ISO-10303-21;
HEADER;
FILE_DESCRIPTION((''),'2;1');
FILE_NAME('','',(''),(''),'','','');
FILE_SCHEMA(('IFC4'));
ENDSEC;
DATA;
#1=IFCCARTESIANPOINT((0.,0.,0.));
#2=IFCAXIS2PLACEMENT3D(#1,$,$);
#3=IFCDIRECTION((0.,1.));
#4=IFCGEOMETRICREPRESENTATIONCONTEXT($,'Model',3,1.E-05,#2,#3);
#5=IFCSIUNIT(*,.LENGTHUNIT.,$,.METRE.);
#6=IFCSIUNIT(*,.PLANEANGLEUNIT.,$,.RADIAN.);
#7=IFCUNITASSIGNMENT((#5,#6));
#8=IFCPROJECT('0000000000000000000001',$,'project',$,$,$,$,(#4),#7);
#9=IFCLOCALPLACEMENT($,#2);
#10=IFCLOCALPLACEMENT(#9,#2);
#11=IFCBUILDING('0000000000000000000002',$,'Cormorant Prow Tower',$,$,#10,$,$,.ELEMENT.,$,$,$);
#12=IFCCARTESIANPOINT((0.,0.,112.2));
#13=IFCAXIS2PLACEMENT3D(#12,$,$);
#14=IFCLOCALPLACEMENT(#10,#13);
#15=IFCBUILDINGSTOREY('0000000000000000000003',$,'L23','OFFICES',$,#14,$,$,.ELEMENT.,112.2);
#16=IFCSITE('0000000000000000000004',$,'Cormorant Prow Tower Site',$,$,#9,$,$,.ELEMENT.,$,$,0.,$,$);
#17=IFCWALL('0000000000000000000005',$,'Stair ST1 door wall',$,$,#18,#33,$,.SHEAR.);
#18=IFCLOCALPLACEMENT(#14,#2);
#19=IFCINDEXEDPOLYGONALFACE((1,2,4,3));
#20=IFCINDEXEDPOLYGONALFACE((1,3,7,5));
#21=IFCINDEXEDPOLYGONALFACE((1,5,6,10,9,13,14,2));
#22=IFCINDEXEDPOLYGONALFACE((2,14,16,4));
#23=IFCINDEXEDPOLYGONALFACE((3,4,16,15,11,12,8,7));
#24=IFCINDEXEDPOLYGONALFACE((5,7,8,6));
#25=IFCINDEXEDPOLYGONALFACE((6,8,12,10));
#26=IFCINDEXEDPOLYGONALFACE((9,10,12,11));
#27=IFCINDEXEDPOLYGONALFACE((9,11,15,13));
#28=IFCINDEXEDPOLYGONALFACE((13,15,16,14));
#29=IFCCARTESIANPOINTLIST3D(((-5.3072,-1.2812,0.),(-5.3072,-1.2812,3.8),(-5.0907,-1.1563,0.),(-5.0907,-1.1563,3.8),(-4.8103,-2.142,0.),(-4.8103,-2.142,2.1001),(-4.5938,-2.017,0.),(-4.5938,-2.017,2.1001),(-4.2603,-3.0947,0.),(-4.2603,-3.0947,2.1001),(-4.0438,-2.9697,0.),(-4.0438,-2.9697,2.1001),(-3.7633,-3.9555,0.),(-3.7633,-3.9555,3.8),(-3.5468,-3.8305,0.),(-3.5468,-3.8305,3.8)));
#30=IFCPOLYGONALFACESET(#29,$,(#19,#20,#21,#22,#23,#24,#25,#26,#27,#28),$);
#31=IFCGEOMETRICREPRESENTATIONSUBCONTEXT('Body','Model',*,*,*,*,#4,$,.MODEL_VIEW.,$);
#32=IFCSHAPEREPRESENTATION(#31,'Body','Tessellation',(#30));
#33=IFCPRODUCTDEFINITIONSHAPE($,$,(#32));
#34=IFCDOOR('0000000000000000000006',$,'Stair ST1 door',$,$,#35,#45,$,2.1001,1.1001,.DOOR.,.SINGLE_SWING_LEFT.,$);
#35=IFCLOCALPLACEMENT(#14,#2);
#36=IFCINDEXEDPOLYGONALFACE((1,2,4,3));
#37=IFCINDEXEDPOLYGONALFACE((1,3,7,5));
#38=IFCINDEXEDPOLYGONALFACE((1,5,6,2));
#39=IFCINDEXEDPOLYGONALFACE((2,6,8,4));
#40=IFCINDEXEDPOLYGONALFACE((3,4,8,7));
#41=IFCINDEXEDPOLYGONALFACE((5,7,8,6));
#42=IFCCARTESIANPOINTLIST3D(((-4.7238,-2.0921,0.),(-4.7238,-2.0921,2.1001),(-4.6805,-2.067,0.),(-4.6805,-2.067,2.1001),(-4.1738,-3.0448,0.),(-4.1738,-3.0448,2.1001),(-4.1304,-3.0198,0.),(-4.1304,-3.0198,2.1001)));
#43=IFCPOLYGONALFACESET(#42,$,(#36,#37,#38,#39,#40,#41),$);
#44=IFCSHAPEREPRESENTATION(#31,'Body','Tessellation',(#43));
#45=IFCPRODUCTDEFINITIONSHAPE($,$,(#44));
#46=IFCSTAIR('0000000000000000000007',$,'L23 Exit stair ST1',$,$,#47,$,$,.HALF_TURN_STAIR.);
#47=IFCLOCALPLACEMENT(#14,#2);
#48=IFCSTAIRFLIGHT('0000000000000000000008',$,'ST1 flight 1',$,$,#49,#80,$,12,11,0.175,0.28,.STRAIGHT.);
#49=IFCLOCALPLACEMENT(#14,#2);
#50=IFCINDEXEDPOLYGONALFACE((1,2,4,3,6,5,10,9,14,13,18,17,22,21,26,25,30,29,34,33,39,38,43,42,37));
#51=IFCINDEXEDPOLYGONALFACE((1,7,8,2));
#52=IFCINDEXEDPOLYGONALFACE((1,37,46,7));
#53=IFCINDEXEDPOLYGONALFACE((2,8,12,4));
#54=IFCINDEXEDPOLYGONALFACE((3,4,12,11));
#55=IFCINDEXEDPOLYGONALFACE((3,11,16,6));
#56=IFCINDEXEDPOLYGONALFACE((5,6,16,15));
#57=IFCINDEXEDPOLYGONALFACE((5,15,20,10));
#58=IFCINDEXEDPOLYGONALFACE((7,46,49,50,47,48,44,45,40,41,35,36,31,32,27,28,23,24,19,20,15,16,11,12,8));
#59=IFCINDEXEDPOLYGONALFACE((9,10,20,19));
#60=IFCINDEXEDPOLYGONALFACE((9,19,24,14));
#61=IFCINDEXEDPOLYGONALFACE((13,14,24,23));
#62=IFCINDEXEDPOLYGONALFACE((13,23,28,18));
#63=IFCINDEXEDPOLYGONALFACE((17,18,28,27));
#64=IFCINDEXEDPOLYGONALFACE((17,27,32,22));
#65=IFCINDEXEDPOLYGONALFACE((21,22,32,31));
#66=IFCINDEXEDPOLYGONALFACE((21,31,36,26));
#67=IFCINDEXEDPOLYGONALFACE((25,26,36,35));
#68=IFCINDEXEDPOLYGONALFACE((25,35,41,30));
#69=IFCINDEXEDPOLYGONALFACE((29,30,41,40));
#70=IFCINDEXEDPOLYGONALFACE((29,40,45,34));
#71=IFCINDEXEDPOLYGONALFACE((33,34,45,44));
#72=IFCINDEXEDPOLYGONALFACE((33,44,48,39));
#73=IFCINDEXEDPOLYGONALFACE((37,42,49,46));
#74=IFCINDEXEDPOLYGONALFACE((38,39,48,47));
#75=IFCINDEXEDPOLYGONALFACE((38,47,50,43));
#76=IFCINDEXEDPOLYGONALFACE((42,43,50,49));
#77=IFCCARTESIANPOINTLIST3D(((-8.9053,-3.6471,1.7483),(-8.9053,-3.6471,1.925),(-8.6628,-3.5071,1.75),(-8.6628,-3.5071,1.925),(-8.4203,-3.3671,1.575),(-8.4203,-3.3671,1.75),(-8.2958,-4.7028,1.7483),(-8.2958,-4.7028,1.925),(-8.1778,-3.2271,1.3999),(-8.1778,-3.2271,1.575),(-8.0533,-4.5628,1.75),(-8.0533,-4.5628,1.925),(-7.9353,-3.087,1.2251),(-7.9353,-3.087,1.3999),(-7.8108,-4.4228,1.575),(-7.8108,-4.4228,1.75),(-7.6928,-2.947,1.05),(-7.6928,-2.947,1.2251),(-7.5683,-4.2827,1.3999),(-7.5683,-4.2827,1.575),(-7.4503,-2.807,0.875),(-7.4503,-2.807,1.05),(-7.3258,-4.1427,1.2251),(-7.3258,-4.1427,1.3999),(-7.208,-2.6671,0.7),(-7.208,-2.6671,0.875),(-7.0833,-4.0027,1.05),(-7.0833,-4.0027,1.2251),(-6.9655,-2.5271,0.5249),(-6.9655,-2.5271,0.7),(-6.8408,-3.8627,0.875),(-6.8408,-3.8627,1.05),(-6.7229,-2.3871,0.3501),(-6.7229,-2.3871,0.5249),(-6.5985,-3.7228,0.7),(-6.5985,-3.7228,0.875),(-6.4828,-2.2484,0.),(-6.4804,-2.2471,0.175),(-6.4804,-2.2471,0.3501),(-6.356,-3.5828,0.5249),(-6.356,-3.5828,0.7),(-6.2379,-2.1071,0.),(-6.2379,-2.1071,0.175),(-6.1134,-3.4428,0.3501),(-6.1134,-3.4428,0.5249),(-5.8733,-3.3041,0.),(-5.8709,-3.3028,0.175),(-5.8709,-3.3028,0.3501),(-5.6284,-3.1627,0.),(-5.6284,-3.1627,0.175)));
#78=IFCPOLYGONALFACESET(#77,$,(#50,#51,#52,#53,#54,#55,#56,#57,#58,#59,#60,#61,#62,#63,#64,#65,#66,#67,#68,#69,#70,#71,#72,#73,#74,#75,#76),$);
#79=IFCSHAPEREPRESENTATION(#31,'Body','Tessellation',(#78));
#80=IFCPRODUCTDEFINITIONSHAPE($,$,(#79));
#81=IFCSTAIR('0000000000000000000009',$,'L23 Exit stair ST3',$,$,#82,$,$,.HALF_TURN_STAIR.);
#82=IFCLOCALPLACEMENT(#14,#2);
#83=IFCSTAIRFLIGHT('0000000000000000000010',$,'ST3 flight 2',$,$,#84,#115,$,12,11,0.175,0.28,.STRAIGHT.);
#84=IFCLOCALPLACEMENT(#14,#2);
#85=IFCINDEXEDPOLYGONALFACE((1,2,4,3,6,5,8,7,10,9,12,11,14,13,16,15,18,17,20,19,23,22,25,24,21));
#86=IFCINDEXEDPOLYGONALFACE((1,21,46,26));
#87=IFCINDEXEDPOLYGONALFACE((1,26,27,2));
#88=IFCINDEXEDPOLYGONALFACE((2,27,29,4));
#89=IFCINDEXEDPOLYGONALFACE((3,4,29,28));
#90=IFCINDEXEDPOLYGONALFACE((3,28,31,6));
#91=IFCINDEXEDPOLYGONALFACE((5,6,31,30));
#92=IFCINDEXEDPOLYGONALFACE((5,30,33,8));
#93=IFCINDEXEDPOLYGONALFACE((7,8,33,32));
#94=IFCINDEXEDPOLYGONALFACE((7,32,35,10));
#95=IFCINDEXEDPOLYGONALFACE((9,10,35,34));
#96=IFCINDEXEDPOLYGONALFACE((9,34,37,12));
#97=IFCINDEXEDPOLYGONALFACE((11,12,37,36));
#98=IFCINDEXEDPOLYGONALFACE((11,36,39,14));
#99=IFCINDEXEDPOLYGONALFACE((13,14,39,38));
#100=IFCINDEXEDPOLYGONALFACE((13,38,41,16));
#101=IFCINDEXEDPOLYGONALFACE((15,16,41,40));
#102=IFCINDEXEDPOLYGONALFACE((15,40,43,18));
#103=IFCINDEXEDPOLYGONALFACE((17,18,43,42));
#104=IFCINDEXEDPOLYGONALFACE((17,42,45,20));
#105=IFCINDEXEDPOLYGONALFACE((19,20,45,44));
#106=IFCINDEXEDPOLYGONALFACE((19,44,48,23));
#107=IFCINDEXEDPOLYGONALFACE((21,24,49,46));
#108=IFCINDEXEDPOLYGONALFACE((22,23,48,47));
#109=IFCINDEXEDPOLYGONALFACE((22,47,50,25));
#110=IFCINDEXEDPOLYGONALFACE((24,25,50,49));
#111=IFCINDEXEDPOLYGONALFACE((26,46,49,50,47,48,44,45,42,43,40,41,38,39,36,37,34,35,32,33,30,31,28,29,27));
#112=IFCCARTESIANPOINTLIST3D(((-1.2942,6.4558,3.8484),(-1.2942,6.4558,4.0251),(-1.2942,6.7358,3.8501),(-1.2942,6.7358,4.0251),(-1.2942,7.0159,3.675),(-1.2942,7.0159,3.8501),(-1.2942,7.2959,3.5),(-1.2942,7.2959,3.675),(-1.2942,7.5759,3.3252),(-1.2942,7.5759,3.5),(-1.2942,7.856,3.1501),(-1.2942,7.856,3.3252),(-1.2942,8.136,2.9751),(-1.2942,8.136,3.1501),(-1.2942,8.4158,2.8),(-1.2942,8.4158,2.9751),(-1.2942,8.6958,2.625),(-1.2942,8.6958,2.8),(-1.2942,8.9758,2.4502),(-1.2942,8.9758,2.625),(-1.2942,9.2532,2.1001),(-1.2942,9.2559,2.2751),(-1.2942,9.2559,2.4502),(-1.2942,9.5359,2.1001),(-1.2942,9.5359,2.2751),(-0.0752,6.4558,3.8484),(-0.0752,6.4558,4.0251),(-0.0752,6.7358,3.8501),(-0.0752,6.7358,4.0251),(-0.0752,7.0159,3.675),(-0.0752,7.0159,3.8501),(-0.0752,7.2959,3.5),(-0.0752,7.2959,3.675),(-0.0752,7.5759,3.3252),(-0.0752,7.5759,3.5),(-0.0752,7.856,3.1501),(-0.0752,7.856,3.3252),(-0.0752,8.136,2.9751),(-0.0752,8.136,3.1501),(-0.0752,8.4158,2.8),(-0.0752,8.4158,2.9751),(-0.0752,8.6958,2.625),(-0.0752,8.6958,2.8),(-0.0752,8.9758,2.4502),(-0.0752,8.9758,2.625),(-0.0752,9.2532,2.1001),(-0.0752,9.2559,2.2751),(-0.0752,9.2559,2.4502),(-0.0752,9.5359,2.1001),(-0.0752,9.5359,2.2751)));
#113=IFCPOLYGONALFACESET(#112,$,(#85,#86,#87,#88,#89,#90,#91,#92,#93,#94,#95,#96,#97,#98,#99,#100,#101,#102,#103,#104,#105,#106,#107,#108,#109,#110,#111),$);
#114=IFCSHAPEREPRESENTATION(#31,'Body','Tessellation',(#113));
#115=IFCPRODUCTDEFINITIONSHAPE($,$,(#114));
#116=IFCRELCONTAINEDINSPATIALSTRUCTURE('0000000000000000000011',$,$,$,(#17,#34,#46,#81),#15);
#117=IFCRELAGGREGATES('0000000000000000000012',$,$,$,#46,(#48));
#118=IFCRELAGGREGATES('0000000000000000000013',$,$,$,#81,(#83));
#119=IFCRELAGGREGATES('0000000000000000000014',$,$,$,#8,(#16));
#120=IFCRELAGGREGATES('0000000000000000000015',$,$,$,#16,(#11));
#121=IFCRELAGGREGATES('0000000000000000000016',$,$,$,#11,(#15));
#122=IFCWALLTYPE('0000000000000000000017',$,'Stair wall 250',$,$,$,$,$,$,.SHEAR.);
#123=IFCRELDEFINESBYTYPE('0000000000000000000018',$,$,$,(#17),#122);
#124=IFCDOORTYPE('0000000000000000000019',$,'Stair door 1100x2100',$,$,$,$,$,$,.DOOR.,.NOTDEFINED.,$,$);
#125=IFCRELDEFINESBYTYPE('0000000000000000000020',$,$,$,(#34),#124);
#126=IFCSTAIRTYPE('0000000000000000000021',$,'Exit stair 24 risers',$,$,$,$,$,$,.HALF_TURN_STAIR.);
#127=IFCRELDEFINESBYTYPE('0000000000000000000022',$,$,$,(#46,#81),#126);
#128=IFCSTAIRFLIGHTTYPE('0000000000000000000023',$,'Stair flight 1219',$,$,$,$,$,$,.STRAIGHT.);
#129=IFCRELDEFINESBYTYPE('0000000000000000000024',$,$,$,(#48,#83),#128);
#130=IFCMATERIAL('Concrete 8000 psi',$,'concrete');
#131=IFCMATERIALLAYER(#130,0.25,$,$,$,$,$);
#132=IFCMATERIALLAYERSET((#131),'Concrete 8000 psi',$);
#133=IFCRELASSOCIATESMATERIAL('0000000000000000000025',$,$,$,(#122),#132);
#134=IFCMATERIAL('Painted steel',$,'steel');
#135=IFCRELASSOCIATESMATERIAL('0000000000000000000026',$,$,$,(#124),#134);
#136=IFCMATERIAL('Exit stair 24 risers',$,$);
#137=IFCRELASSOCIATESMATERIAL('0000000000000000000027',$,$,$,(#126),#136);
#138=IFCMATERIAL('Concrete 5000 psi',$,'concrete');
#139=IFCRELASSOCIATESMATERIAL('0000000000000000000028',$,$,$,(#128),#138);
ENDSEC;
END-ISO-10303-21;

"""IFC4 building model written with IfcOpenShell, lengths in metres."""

from ifc_helpers import new_model, si_unit, direction, frame, frame_2d, origin, place, context, subcontext, project, spatial, polyline, rectangle, outline, extrude, material, layer, layer_set, type_object, element, fill, aggregate, save


model = new_model("IFC4")

# Units and contexts
model_context = context("Model", 3, precision=1e-05, world=origin(), true_north=direction((0.0, 1.0)))
body_context = subcontext(model_context, "Body", "Model", "MODEL_VIEW")
ifc_project = project(units=[si_unit("LENGTHUNIT", "METRE"), si_unit("PLANEANGLEUNIT", "RADIAN")], contexts=[model_context])

# Site, building, storey
site_placement = place(None, origin())
site = spatial("IfcSite", under=ifc_project, at=site_placement, Name="Cormorant Prow Tower Site", CompositionType="ELEMENT", RefElevation=0.0)
building_placement = place(site_placement, origin())
building = spatial("IfcBuilding", under=site, at=building_placement, Name="Cormorant Prow Tower", CompositionType="ELEMENT")
storey_placement = place(building_placement, frame((0.0, 0.0, 112.2)))
storey = spatial("IfcBuildingStorey", under=building, at=storey_placement, Name="L23", Description="OFFICES", CompositionType="ELEMENT", Elevation=112.2)

# Wall, opening, door
ifc_material_1 = material(Name="Concrete 8000 psi", Category="concrete")
ifc_layer_1 = layer(ifc_material_1, 0.25)
ifc_layer_set_1 = layer_set([ifc_layer_1], Name="Concrete 8000 psi")
wall_type_1 = type_object("IfcWallType", Name="Stair wall 250", PredefinedType="SHEAR", material=ifc_layer_set_1)
wall_1_placement = place(storey_placement, frame((-5.199, -1.2188, 0.0), z_axis=(0.0, 0.0, 1.0), x_axis=(0.499983, -0.866035, 0.0)))
wall_1 = element("IfcWall", 1, at=wall_1_placement, inside=storey, type_object=wall_type_1, Name="Stair ST1 door wall", PredefinedType="SHEAR", context=body_context, shape_type="SweptSolid", body=[
    extrude(rectangle(XDim=3.0879, YDim=0.25, at=frame_2d((1.5439, 0.0))), origin(), (0.0, 0.0, 1.0), 3.8),
])
opening_1_placement = place(wall_1_placement, frame((0.9939, 0.0, 0.0)))
opening_1 = element("IfcOpeningElement", 2, at=opening_1_placement, cuts=wall_1, PredefinedType="OPENING", context=body_context, shape_type="SweptSolid", body=[
    extrude(rectangle(XDim=1.1001, YDim=2.1001, at=frame_2d((0.55, 1.05))), frame((0.0, 0.135, 0.0), z_axis=(0.0, -1.0, 0.0), x_axis=(1.0, 0.0, 0.0)), (0.0, 0.0, 1.0), 0.27),
])
ifc_material_2 = material(Name="Painted steel", Category="steel")
door_type_1 = type_object("IfcDoorType", Name="Stair door 1100x2100", OperationType="NOTDEFINED", PredefinedType="DOOR", material=ifc_material_2)
door_1_placement = place(opening_1_placement, origin())
door_1 = element("IfcDoor", 3, at=door_1_placement, inside=storey, type_object=door_type_1, Name="Stair ST1 door", OperationType="SINGLE_SWING_LEFT", OverallHeight=2.1001, OverallWidth=1.1001, PredefinedType="DOOR", context=body_context, shape_type="SweptSolid", body=[
    extrude(rectangle(XDim=1.1001, YDim=2.1001, at=frame_2d((0.55, 1.05))), frame((0.0, 0.0249, 0.0), z_axis=(0.0, -1.0, 0.0), x_axis=(1.0, 0.0, 0.0)), (0.0, 0.0, 1.0), 0.05),
])
fill(opening_1, door_1)

# Stairs, stair flights
ifc_material_3 = material(Name="Exit stair 24 risers")
stair_type = type_object("IfcStairType", Name="Exit stair 24 risers", PredefinedType="HALF_TURN_STAIR", material=ifc_material_3)
stair_1_placement = place(storey_placement, origin())
stair_1 = element("IfcStair", 4, at=stair_1_placement, inside=storey, type_object=stair_type, Name="L23 Exit stair ST1", PredefinedType="HALF_TURN_STAIR")
ifc_material_4 = material(Name="Concrete 5000 psi", Category="concrete")
stair_flight_type = type_object("IfcStairFlightType", Name="Stair flight 1219", PredefinedType="STRAIGHT", material=ifc_material_4)
stair_flight_1_placement = place(storey_placement, frame((-5.9331, -2.635, 0.0), z_axis=(0.0, 0.0, 1.0), x_axis=(-0.866025, -0.5, 0.0)))
stair_flight_1 = element("IfcStairFlight", 5, at=stair_flight_1_placement, type_object=stair_flight_type, Name="ST1 flight 1", NumberOfRisers=12, NumberOfTreads=11, PredefinedType="STRAIGHT", RiserHeight=0.175, TreadLength=0.28, context=body_context, shape_type="SweptSolid", body=[
    extrude(outline(polyline([(0.0, 0.0), (0.0, 0.175), (0.28, 0.175), (0.28, 0.3501), (0.5601, 0.3501), (0.5601, 0.5249), (0.8401, 0.5249), (0.8401, 0.7), (1.1201, 0.7), (1.1201, 0.875), (1.3999, 0.875), (1.3999, 1.05), (1.6799, 1.05), (1.6799, 1.2251), (1.96, 1.2251), (1.96, 1.3999), (2.24, 1.3999), (2.24, 1.575), (2.52, 1.575), (2.52, 1.75), (2.8, 1.75), (2.8, 1.925), (3.0801, 1.925), (3.0801, 2.1001), (3.0801, 1.7483), (0.2827, 0.0), (0.0, 0.0)])), frame((0.0, 0.6094, 0.0), z_axis=(0.0, -1.0, 0.0), x_axis=(1.0, 0.0, 0.0)), (0.0, 0.0, 1.0), 1.219),
])
aggregate(stair_1, [stair_flight_1])
stair_2_placement = place(storey_placement, origin())
stair_2 = element("IfcStair", 6, at=stair_2_placement, inside=storey, type_object=stair_type, Name="L23 Exit stair ST3", PredefinedType="HALF_TURN_STAIR")
stair_flight_2_placement = place(storey_placement, frame((-0.6846, 9.5359, 2.1001), z_axis=(0.0, 0.0, 1.0), x_axis=(0.0, -1.0, 0.0)))
stair_flight_2 = element("IfcStairFlight", 7, at=stair_flight_2_placement, type_object=stair_flight_type, Name="ST3 flight 2", NumberOfRisers=12, NumberOfTreads=11, PredefinedType="STRAIGHT", RiserHeight=0.175, TreadLength=0.28, context=body_context, shape_type="SweptSolid", body=[
    extrude(outline(polyline([(0.0, 0.0), (0.0, 0.175), (0.28, 0.175), (0.28, 0.3501), (0.5601, 0.3501), (0.5601, 0.5249), (0.8401, 0.5249), (0.8401, 0.7), (1.1201, 0.7), (1.1201, 0.875), (1.3999, 0.875), (1.3999, 1.05), (1.6799, 1.05), (1.6799, 1.2251), (1.96, 1.2251), (1.96, 1.3999), (2.24, 1.3999), (2.24, 1.575), (2.52, 1.575), (2.52, 1.75), (2.8, 1.75), (2.8, 1.925), (3.0801, 1.925), (3.0801, 2.1001), (3.0801, 1.7483), (0.2827, 0.0), (0.0, 0.0)])), frame((0.0, 0.6094, 0.0), z_axis=(0.0, -1.0, 0.0), x_axis=(1.0, 0.0, 0.0)), (0.0, 0.0, 1.0), 1.219),
])
aggregate(stair_2, [stair_flight_2])

save(model, "model.ifc")
